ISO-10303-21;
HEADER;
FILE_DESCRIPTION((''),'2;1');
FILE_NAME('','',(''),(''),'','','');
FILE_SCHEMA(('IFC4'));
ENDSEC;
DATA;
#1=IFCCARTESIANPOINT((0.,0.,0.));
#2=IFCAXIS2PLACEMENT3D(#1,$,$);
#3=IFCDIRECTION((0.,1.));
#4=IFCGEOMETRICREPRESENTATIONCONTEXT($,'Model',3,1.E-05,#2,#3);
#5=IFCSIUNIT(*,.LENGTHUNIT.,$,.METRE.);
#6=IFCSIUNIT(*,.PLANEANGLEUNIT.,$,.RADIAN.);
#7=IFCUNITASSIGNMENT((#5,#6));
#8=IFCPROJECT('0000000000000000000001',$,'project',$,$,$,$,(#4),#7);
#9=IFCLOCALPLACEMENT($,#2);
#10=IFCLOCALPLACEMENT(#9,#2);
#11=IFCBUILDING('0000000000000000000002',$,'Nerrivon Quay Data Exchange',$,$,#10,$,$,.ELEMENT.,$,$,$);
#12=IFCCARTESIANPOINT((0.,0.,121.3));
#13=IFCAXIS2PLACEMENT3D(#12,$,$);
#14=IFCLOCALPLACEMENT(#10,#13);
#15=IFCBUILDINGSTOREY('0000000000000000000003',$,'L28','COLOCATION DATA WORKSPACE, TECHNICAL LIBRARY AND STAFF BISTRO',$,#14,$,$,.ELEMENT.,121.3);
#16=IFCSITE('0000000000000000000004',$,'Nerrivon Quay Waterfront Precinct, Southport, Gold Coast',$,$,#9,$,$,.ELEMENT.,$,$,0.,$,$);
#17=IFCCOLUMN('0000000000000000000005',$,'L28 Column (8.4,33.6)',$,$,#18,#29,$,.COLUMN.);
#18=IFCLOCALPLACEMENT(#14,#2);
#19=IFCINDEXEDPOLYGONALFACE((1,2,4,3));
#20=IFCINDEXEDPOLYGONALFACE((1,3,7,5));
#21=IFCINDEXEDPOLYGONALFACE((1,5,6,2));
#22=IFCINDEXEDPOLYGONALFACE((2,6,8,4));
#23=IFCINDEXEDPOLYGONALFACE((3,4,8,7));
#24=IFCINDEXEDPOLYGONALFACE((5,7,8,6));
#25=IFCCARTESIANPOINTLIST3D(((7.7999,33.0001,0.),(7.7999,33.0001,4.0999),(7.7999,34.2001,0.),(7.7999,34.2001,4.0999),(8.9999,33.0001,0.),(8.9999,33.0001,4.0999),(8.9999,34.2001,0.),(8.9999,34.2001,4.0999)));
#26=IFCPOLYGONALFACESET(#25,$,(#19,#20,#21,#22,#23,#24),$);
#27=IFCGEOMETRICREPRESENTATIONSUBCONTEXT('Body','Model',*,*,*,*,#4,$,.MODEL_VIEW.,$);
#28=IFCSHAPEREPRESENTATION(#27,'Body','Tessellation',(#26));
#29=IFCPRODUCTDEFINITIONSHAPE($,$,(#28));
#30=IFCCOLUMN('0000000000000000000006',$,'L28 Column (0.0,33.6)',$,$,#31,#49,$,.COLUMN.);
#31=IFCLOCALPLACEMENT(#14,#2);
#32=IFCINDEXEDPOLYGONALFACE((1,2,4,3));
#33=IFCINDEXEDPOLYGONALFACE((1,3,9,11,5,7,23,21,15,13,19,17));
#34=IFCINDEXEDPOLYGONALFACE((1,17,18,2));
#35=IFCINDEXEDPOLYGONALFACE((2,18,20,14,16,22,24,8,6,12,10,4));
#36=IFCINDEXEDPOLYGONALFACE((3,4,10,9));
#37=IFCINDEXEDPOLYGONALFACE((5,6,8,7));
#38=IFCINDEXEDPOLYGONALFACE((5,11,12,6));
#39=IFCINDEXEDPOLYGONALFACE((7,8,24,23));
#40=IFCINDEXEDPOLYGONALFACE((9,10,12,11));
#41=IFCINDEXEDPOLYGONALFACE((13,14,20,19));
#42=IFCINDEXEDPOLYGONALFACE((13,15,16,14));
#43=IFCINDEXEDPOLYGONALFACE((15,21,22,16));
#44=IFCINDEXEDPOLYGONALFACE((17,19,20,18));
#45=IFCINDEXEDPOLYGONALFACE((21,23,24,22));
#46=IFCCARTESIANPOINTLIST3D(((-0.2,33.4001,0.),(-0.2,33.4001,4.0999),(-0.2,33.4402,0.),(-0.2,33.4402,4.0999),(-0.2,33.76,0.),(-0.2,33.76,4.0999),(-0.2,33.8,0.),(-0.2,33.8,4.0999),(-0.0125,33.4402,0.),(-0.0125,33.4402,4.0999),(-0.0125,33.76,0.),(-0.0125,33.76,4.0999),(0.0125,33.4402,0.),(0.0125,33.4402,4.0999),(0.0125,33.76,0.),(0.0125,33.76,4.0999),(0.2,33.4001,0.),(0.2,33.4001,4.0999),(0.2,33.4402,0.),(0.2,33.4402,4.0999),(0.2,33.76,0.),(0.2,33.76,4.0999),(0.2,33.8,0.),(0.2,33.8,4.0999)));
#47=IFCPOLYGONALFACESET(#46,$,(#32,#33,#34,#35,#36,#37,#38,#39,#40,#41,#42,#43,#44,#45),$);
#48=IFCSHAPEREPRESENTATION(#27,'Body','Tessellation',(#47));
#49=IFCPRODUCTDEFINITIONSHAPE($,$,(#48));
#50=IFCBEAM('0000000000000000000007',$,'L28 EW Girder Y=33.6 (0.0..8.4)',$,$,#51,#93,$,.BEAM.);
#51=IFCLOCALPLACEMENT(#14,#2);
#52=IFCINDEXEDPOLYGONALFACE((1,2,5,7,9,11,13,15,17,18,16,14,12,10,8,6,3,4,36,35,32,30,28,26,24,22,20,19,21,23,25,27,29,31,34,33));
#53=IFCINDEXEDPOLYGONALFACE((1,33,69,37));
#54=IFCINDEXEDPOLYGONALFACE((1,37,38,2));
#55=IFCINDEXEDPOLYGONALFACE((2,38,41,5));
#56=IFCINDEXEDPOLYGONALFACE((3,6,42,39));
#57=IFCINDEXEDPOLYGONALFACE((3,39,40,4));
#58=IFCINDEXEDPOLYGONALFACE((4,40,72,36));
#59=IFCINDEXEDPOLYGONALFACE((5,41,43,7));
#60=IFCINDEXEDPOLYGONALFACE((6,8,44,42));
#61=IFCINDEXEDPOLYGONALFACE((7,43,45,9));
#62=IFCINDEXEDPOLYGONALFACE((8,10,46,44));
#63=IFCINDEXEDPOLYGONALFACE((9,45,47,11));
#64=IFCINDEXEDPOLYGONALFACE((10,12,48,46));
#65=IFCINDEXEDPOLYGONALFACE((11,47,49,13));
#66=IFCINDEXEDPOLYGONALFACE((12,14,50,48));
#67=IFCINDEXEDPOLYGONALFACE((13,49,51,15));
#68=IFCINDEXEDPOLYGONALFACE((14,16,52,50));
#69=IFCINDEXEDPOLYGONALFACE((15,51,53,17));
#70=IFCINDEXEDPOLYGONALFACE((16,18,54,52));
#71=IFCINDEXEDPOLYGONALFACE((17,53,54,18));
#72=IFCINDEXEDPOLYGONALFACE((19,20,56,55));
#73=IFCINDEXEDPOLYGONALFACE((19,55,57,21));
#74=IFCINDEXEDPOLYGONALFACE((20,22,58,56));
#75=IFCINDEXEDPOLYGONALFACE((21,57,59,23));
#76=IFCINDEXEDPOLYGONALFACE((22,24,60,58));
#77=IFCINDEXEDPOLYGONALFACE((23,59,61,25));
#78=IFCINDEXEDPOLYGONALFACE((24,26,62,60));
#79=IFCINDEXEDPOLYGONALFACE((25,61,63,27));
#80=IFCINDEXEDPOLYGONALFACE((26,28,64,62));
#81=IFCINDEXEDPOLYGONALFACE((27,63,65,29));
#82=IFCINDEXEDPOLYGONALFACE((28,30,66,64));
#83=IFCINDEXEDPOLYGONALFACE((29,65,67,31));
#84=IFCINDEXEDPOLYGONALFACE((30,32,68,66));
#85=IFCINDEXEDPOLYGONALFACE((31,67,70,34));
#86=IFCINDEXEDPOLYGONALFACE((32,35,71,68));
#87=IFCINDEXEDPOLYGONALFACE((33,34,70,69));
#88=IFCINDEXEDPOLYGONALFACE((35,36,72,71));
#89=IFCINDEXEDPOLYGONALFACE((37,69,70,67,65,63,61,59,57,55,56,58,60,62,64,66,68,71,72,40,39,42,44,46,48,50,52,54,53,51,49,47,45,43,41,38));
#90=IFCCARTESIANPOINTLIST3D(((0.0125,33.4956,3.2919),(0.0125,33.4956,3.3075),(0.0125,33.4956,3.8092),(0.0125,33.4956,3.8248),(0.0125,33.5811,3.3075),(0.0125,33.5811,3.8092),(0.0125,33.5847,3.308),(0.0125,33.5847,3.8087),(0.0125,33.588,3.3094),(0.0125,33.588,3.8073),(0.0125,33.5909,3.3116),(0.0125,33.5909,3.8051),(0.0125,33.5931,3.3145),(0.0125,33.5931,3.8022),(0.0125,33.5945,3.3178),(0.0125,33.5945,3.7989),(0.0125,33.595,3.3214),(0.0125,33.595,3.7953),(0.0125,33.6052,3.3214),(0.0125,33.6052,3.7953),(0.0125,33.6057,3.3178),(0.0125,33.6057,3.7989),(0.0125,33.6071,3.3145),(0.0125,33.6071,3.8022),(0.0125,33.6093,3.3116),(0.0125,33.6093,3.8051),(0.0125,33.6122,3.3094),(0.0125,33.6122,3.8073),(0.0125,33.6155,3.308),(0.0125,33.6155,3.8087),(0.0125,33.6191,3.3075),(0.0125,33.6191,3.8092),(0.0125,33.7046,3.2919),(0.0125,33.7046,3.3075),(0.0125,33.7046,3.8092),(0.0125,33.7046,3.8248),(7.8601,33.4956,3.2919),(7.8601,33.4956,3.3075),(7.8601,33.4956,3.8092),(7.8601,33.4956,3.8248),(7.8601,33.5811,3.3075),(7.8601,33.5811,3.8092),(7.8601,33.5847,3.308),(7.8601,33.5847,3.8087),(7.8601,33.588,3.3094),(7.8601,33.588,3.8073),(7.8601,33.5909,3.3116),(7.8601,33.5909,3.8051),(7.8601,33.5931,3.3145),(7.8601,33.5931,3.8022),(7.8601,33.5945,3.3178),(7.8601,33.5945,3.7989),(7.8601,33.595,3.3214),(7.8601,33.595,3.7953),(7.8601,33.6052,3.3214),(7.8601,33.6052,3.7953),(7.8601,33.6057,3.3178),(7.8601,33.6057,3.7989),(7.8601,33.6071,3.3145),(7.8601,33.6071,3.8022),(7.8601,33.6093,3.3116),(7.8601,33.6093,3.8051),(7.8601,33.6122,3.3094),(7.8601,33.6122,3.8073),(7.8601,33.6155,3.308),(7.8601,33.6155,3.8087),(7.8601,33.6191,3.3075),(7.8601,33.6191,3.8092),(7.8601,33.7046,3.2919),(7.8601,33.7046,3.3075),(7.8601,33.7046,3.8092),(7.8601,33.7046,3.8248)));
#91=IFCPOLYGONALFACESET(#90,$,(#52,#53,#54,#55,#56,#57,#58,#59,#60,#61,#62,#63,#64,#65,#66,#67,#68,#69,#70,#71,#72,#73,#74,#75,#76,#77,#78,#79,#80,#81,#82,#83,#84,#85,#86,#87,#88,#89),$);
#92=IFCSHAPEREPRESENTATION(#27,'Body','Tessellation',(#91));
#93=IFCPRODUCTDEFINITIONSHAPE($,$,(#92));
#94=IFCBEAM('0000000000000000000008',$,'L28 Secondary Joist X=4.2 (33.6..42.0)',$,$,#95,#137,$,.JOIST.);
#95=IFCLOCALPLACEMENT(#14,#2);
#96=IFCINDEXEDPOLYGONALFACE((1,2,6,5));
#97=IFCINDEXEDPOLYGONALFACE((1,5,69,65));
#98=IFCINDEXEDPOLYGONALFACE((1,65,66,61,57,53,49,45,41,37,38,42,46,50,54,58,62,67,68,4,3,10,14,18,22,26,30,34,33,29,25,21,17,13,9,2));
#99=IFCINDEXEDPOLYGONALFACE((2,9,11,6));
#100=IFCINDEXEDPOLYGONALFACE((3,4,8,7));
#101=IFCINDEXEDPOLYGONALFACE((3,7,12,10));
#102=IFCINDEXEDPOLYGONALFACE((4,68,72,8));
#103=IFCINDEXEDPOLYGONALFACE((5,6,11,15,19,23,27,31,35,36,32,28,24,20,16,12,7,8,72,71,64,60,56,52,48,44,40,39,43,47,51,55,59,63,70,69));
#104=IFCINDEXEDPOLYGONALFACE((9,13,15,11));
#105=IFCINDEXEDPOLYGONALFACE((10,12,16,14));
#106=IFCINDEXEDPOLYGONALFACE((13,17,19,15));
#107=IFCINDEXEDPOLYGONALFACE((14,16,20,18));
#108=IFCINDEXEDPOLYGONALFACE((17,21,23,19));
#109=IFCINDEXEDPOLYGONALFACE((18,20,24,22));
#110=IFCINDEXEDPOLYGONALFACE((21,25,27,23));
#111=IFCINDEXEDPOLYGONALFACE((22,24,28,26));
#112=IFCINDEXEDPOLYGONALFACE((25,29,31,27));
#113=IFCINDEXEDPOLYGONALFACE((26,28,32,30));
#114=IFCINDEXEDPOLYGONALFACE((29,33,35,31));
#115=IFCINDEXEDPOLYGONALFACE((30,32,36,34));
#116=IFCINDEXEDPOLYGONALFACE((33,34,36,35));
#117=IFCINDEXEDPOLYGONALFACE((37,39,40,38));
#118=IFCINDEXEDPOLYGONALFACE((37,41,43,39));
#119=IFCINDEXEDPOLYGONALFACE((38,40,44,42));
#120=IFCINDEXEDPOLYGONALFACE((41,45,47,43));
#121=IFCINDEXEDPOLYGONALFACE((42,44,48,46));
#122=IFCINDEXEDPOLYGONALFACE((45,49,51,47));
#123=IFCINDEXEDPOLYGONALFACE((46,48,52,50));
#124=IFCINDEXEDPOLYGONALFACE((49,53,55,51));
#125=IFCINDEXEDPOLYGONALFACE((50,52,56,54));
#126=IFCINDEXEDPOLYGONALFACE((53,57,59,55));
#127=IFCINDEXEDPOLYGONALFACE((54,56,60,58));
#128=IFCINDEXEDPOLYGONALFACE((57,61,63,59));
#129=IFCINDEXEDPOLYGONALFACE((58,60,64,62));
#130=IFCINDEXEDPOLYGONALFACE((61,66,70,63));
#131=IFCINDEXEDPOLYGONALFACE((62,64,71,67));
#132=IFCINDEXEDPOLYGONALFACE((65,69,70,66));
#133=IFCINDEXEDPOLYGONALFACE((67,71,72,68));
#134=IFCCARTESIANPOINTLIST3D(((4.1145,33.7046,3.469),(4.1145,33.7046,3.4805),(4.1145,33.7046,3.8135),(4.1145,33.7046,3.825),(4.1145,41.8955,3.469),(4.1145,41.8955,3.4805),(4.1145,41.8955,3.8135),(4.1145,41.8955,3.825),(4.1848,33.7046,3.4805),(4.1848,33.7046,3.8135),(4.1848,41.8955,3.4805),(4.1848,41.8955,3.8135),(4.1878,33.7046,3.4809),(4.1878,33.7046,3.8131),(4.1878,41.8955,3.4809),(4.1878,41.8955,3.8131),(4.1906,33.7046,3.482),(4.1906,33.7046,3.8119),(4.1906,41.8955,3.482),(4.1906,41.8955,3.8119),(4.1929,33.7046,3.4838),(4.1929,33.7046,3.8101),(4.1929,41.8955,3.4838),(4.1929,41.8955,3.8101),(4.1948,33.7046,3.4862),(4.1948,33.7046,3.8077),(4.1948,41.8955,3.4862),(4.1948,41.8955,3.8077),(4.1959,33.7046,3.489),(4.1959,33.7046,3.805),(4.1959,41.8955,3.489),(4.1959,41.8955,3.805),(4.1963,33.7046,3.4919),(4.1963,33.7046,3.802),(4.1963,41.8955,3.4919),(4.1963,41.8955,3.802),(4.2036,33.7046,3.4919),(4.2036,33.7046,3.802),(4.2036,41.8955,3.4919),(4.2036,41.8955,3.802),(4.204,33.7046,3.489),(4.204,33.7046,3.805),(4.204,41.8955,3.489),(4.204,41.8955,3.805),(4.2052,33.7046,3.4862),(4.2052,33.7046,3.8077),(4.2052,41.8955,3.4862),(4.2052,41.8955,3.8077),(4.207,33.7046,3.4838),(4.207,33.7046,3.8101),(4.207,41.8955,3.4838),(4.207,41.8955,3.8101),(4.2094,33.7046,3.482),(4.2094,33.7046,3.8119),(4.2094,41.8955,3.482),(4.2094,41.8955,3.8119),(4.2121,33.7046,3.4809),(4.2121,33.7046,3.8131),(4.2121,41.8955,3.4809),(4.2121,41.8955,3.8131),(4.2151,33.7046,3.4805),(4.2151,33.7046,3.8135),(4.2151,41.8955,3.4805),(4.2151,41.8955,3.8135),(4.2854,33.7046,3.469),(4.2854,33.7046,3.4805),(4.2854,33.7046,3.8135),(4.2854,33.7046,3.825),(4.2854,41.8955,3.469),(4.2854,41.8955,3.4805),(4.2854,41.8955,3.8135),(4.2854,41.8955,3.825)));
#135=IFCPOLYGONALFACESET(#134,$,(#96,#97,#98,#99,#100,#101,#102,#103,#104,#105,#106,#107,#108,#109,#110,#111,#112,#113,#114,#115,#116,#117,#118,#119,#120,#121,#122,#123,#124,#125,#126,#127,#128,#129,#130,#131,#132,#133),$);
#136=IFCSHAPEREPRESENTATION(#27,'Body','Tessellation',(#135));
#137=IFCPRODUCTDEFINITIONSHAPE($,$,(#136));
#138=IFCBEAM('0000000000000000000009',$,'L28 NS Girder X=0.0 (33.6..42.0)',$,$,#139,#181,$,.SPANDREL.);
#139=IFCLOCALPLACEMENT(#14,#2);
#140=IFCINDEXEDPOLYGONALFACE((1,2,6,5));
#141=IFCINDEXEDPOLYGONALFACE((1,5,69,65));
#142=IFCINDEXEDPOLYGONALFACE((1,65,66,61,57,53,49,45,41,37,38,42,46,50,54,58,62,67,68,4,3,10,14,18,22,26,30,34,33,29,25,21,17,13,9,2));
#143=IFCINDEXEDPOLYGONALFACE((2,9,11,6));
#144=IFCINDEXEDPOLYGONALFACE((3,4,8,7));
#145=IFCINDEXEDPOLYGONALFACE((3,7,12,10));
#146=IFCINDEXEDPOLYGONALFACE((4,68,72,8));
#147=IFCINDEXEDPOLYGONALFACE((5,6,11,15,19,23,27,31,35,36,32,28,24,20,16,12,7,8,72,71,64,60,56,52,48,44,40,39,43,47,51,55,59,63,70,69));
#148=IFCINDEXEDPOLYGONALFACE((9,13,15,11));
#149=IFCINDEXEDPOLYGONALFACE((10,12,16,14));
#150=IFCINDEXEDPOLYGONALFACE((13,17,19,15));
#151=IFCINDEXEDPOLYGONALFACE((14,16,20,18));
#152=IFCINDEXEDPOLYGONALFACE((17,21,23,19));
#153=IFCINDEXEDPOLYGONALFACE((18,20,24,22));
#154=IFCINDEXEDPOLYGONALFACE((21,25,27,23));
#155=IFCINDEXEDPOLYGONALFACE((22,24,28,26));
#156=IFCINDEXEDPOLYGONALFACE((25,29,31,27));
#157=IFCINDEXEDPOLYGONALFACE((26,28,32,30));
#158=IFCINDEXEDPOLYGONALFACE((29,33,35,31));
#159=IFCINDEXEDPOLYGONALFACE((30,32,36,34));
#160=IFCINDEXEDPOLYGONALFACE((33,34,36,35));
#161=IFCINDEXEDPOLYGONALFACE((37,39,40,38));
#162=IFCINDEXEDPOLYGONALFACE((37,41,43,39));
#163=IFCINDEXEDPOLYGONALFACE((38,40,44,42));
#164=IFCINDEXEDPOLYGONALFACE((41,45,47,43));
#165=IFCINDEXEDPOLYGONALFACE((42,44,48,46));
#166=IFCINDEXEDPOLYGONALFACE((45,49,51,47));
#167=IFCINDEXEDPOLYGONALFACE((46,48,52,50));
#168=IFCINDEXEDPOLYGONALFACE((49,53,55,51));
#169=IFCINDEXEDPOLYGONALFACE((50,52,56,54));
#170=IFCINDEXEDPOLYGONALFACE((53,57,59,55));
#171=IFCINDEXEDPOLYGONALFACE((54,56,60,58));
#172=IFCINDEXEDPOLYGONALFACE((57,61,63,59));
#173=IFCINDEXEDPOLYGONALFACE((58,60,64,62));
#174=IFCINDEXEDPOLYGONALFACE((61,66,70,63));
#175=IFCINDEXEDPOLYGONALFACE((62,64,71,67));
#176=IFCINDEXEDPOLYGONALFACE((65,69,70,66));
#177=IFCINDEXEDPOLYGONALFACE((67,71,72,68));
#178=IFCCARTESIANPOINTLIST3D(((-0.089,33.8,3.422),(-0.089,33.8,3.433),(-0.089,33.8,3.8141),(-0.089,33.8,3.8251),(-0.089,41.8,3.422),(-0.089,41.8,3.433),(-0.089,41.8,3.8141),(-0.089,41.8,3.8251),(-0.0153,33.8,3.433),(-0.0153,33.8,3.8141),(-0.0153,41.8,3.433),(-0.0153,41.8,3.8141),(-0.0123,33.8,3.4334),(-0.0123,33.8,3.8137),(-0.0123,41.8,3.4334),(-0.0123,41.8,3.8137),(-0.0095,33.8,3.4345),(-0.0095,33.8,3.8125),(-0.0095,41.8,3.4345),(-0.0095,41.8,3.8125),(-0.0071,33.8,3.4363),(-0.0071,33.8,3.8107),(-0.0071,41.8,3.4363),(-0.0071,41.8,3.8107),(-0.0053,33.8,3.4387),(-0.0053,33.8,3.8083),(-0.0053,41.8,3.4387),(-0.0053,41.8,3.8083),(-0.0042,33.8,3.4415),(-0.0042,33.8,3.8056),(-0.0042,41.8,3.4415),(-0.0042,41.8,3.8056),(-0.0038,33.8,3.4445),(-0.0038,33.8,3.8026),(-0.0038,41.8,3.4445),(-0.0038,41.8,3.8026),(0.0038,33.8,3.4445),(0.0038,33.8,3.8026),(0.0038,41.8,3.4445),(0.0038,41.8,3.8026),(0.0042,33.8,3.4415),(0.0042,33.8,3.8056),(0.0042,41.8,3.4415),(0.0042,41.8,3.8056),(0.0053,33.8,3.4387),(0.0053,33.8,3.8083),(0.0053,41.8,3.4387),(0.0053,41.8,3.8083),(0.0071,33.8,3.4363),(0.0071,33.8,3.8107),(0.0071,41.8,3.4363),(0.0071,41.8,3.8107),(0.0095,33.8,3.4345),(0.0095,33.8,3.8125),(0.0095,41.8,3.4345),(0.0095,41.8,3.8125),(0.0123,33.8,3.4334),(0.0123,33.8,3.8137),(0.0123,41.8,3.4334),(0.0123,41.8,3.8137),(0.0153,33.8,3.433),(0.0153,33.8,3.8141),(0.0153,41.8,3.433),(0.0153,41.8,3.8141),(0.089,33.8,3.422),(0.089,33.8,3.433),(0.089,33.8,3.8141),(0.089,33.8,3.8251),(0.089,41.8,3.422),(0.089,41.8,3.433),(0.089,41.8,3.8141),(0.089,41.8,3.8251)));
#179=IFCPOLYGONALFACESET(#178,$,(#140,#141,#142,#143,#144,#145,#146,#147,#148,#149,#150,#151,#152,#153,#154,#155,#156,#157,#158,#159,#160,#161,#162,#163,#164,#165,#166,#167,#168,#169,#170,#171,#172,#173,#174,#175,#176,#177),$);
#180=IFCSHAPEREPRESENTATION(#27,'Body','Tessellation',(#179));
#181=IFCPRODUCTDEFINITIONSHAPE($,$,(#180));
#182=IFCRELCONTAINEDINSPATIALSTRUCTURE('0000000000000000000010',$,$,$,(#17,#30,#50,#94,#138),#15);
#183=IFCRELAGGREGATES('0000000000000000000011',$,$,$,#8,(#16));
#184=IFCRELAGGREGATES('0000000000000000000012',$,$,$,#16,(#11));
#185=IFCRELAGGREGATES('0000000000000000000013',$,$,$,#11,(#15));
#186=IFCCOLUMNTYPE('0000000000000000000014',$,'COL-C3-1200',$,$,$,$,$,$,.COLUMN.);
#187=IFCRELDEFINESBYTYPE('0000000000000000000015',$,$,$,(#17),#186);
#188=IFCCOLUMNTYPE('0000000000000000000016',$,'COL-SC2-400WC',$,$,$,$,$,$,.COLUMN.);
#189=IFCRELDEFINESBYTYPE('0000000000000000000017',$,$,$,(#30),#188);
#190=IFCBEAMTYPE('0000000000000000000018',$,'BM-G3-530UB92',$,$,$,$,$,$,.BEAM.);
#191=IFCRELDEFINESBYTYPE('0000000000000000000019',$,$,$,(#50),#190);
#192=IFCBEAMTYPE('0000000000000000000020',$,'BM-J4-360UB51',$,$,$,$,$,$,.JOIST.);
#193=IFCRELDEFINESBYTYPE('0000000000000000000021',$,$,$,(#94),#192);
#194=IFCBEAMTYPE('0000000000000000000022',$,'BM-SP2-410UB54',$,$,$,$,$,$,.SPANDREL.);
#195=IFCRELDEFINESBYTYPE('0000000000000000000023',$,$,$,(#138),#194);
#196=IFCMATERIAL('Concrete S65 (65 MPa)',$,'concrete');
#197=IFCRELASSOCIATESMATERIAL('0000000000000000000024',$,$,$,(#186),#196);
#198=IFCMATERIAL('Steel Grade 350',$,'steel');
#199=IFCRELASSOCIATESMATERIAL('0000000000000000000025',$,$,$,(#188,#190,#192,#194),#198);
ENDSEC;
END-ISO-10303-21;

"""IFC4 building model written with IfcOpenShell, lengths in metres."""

from ifc_helpers import new_model, si_unit, direction, frame, origin, origin_2d, place, context, subcontext, project, spatial, rectangle, i_section, extrude, material, material_profile, profile_set, type_object, element, save


model = new_model("IFC4")

# Units and contexts
model_context = context("Model", 3, precision=1e-05, world=origin(), true_north=direction((0.0, 1.0)))
body_context = subcontext(model_context, "Body", "Model", "MODEL_VIEW")
ifc_project = project(units=[si_unit("LENGTHUNIT", "METRE"), si_unit("PLANEANGLEUNIT", "RADIAN")], contexts=[model_context])

# Site, building, storey
site_placement = place(None, origin())
site = spatial("IfcSite", under=ifc_project, at=site_placement, Name="Nerrivon Quay Waterfront Precinct, Southport, Gold Coast", CompositionType="ELEMENT", RefElevation=0.0)
building_placement = place(site_placement, origin())
building = spatial("IfcBuilding", under=site, at=building_placement, Name="Nerrivon Quay Data Exchange", CompositionType="ELEMENT")
storey_placement = place(building_placement, frame((0.0, 0.0, 121.3)))
storey = spatial("IfcBuildingStorey", under=building, at=storey_placement, Name="L28", Description="COLOCATION DATA WORKSPACE, TECHNICAL LIBRARY AND STAFF BISTRO", CompositionType="ELEMENT", Elevation=121.3)

# Columns
ifc_material_1 = material(Name="Concrete S65 (65 MPa)", Category="concrete")
ifc_material_profile_1 = material_profile(ifc_material_1, rectangle(XDim=1.2, YDim=1.2, at=origin_2d()), Name="RC-COL-1200x1200")
ifc_profile_set_1 = profile_set([ifc_material_profile_1], Name="Concrete S65 (65 MPa)")
column_type_1 = type_object("IfcColumnType", Name="COL-C3-1200", PredefinedType="COLUMN", material=ifc_profile_set_1)
column_1_placement = place(storey_placement, frame((8.3999, 33.6001, 0.0), z_axis=(0.0, 0.0, 1.0), x_axis=(1.0, 0.0, 0.0)))
element("IfcColumn", 1, at=column_1_placement, inside=storey, type_object=column_type_1, Name="L28 Column (8.4,33.6)", PredefinedType="COLUMN", context=body_context, shape_type="SweptSolid", body=[
    extrude(rectangle(XDim=1.2, YDim=1.2, at=origin_2d()), origin(), (0.0, 0.0, 1.0), 4.0999),
])
ifc_material_2 = material(Name="Steel Grade 350", Category="steel")
ifc_material_profile_2 = material_profile(ifc_material_2, i_section(OverallWidth=0.3999, OverallDepth=0.3999, WebThickness=0.0249, FlangeThickness=0.04, at=origin_2d()), Name="400WC328")
ifc_profile_set_2 = profile_set([ifc_material_profile_2], Name="Steel Grade 350")
column_type_2 = type_object("IfcColumnType", Name="COL-SC2-400WC", PredefinedType="COLUMN", material=ifc_profile_set_2)
column_2_placement = place(storey_placement, frame((0.0, 33.6001, 0.0), z_axis=(0.0, 0.0, 1.0), x_axis=(1.0, 0.0, 0.0)))
element("IfcColumn", 2, at=column_2_placement, inside=storey, type_object=column_type_2, Name="L28 Column (0.0,33.6)", PredefinedType="COLUMN", context=body_context, shape_type="SweptSolid", body=[
    extrude(i_section(OverallWidth=0.3999, OverallDepth=0.3999, WebThickness=0.0249, FlangeThickness=0.04, at=origin_2d()), origin(), (0.0, 0.0, 1.0), 4.0999),
])

# Beams
ifc_material_profile_3 = material_profile(ifc_material_2, i_section(OverallWidth=0.209, OverallDepth=0.533, WebThickness=0.0103, FlangeThickness=0.0156, FilletRadius=0.0139, at=origin_2d()), Name="530UB92.4")
ifc_profile_set_3 = profile_set([ifc_material_profile_3], Name="Steel Grade 350")
beam_type_1 = type_object("IfcBeamType", Name="BM-G3-530UB92", PredefinedType="BEAM", material=ifc_profile_set_3)
beam_1_placement = place(storey_placement, frame((0.0125, 33.6001, 3.5583), z_axis=(1.0, 0.0, 0.0), x_axis=(0.0, 1.0, 0.0)))
element("IfcBeam", 3, at=beam_1_placement, inside=storey, type_object=beam_type_1, Name="L28 EW Girder Y=33.6 (0.0..8.4)", PredefinedType="BEAM", context=body_context, shape_type="SweptSolid", body=[
    extrude(i_section(OverallWidth=0.209, OverallDepth=0.533, WebThickness=0.0103, FlangeThickness=0.0156, FilletRadius=0.0139, at=origin_2d()), origin(), (0.0, 0.0, 1.0), 7.8477),
])
ifc_material_profile_4 = material_profile(ifc_material_2, i_section(OverallWidth=0.1709, OverallDepth=0.356, WebThickness=0.0073, FlangeThickness=0.0115, FilletRadius=0.0115, at=origin_2d()), Name="360UB50.7")
ifc_profile_set_4 = profile_set([ifc_material_profile_4], Name="Steel Grade 350")
beam_type_2 = type_object("IfcBeamType", Name="BM-J4-360UB51", PredefinedType="JOIST", material=ifc_profile_set_4)
beam_2_placement = place(storey_placement, frame((4.2, 33.7046, 3.647), z_axis=(0.0, 1.0, 0.0), x_axis=(-1.0, 0.0, 0.0)))
element("IfcBeam", 4, at=beam_2_placement, inside=storey, type_object=beam_type_2, Name="L28 Secondary Joist X=4.2 (33.6..42.0)", PredefinedType="JOIST", context=body_context, shape_type="SweptSolid", body=[
    extrude(i_section(OverallWidth=0.1709, OverallDepth=0.356, WebThickness=0.0073, FlangeThickness=0.0115, FilletRadius=0.0115, at=origin_2d()), origin(), (0.0, 0.0, 1.0), 8.1909),
])
ifc_material_profile_5 = material_profile(ifc_material_2, i_section(OverallWidth=0.178, OverallDepth=0.4031, WebThickness=0.0076, FlangeThickness=0.011, FilletRadius=0.0115, at=origin_2d()), Name="410UB53.7")
ifc_profile_set_5 = profile_set([ifc_material_profile_5], Name="Steel Grade 350")
beam_type_3 = type_object("IfcBeamType", Name="BM-SP2-410UB54", PredefinedType="SPANDREL", material=ifc_profile_set_5)
beam_3_placement = place(storey_placement, frame((0.0, 33.8, 3.6235), z_axis=(0.0, 1.0, 0.0), x_axis=(-1.0, 0.0, 0.0)))
element("IfcBeam", 5, at=beam_3_placement, inside=storey, type_object=beam_type_3, Name="L28 NS Girder X=0.0 (33.6..42.0)", PredefinedType="SPANDREL", context=body_context, shape_type="SweptSolid", body=[
    extrude(i_section(OverallWidth=0.178, OverallDepth=0.4031, WebThickness=0.0076, FlangeThickness=0.011, FilletRadius=0.0115, at=origin_2d()), origin(), (0.0, 0.0, 1.0), 8.0),
])

save(model, "model.ifc")
